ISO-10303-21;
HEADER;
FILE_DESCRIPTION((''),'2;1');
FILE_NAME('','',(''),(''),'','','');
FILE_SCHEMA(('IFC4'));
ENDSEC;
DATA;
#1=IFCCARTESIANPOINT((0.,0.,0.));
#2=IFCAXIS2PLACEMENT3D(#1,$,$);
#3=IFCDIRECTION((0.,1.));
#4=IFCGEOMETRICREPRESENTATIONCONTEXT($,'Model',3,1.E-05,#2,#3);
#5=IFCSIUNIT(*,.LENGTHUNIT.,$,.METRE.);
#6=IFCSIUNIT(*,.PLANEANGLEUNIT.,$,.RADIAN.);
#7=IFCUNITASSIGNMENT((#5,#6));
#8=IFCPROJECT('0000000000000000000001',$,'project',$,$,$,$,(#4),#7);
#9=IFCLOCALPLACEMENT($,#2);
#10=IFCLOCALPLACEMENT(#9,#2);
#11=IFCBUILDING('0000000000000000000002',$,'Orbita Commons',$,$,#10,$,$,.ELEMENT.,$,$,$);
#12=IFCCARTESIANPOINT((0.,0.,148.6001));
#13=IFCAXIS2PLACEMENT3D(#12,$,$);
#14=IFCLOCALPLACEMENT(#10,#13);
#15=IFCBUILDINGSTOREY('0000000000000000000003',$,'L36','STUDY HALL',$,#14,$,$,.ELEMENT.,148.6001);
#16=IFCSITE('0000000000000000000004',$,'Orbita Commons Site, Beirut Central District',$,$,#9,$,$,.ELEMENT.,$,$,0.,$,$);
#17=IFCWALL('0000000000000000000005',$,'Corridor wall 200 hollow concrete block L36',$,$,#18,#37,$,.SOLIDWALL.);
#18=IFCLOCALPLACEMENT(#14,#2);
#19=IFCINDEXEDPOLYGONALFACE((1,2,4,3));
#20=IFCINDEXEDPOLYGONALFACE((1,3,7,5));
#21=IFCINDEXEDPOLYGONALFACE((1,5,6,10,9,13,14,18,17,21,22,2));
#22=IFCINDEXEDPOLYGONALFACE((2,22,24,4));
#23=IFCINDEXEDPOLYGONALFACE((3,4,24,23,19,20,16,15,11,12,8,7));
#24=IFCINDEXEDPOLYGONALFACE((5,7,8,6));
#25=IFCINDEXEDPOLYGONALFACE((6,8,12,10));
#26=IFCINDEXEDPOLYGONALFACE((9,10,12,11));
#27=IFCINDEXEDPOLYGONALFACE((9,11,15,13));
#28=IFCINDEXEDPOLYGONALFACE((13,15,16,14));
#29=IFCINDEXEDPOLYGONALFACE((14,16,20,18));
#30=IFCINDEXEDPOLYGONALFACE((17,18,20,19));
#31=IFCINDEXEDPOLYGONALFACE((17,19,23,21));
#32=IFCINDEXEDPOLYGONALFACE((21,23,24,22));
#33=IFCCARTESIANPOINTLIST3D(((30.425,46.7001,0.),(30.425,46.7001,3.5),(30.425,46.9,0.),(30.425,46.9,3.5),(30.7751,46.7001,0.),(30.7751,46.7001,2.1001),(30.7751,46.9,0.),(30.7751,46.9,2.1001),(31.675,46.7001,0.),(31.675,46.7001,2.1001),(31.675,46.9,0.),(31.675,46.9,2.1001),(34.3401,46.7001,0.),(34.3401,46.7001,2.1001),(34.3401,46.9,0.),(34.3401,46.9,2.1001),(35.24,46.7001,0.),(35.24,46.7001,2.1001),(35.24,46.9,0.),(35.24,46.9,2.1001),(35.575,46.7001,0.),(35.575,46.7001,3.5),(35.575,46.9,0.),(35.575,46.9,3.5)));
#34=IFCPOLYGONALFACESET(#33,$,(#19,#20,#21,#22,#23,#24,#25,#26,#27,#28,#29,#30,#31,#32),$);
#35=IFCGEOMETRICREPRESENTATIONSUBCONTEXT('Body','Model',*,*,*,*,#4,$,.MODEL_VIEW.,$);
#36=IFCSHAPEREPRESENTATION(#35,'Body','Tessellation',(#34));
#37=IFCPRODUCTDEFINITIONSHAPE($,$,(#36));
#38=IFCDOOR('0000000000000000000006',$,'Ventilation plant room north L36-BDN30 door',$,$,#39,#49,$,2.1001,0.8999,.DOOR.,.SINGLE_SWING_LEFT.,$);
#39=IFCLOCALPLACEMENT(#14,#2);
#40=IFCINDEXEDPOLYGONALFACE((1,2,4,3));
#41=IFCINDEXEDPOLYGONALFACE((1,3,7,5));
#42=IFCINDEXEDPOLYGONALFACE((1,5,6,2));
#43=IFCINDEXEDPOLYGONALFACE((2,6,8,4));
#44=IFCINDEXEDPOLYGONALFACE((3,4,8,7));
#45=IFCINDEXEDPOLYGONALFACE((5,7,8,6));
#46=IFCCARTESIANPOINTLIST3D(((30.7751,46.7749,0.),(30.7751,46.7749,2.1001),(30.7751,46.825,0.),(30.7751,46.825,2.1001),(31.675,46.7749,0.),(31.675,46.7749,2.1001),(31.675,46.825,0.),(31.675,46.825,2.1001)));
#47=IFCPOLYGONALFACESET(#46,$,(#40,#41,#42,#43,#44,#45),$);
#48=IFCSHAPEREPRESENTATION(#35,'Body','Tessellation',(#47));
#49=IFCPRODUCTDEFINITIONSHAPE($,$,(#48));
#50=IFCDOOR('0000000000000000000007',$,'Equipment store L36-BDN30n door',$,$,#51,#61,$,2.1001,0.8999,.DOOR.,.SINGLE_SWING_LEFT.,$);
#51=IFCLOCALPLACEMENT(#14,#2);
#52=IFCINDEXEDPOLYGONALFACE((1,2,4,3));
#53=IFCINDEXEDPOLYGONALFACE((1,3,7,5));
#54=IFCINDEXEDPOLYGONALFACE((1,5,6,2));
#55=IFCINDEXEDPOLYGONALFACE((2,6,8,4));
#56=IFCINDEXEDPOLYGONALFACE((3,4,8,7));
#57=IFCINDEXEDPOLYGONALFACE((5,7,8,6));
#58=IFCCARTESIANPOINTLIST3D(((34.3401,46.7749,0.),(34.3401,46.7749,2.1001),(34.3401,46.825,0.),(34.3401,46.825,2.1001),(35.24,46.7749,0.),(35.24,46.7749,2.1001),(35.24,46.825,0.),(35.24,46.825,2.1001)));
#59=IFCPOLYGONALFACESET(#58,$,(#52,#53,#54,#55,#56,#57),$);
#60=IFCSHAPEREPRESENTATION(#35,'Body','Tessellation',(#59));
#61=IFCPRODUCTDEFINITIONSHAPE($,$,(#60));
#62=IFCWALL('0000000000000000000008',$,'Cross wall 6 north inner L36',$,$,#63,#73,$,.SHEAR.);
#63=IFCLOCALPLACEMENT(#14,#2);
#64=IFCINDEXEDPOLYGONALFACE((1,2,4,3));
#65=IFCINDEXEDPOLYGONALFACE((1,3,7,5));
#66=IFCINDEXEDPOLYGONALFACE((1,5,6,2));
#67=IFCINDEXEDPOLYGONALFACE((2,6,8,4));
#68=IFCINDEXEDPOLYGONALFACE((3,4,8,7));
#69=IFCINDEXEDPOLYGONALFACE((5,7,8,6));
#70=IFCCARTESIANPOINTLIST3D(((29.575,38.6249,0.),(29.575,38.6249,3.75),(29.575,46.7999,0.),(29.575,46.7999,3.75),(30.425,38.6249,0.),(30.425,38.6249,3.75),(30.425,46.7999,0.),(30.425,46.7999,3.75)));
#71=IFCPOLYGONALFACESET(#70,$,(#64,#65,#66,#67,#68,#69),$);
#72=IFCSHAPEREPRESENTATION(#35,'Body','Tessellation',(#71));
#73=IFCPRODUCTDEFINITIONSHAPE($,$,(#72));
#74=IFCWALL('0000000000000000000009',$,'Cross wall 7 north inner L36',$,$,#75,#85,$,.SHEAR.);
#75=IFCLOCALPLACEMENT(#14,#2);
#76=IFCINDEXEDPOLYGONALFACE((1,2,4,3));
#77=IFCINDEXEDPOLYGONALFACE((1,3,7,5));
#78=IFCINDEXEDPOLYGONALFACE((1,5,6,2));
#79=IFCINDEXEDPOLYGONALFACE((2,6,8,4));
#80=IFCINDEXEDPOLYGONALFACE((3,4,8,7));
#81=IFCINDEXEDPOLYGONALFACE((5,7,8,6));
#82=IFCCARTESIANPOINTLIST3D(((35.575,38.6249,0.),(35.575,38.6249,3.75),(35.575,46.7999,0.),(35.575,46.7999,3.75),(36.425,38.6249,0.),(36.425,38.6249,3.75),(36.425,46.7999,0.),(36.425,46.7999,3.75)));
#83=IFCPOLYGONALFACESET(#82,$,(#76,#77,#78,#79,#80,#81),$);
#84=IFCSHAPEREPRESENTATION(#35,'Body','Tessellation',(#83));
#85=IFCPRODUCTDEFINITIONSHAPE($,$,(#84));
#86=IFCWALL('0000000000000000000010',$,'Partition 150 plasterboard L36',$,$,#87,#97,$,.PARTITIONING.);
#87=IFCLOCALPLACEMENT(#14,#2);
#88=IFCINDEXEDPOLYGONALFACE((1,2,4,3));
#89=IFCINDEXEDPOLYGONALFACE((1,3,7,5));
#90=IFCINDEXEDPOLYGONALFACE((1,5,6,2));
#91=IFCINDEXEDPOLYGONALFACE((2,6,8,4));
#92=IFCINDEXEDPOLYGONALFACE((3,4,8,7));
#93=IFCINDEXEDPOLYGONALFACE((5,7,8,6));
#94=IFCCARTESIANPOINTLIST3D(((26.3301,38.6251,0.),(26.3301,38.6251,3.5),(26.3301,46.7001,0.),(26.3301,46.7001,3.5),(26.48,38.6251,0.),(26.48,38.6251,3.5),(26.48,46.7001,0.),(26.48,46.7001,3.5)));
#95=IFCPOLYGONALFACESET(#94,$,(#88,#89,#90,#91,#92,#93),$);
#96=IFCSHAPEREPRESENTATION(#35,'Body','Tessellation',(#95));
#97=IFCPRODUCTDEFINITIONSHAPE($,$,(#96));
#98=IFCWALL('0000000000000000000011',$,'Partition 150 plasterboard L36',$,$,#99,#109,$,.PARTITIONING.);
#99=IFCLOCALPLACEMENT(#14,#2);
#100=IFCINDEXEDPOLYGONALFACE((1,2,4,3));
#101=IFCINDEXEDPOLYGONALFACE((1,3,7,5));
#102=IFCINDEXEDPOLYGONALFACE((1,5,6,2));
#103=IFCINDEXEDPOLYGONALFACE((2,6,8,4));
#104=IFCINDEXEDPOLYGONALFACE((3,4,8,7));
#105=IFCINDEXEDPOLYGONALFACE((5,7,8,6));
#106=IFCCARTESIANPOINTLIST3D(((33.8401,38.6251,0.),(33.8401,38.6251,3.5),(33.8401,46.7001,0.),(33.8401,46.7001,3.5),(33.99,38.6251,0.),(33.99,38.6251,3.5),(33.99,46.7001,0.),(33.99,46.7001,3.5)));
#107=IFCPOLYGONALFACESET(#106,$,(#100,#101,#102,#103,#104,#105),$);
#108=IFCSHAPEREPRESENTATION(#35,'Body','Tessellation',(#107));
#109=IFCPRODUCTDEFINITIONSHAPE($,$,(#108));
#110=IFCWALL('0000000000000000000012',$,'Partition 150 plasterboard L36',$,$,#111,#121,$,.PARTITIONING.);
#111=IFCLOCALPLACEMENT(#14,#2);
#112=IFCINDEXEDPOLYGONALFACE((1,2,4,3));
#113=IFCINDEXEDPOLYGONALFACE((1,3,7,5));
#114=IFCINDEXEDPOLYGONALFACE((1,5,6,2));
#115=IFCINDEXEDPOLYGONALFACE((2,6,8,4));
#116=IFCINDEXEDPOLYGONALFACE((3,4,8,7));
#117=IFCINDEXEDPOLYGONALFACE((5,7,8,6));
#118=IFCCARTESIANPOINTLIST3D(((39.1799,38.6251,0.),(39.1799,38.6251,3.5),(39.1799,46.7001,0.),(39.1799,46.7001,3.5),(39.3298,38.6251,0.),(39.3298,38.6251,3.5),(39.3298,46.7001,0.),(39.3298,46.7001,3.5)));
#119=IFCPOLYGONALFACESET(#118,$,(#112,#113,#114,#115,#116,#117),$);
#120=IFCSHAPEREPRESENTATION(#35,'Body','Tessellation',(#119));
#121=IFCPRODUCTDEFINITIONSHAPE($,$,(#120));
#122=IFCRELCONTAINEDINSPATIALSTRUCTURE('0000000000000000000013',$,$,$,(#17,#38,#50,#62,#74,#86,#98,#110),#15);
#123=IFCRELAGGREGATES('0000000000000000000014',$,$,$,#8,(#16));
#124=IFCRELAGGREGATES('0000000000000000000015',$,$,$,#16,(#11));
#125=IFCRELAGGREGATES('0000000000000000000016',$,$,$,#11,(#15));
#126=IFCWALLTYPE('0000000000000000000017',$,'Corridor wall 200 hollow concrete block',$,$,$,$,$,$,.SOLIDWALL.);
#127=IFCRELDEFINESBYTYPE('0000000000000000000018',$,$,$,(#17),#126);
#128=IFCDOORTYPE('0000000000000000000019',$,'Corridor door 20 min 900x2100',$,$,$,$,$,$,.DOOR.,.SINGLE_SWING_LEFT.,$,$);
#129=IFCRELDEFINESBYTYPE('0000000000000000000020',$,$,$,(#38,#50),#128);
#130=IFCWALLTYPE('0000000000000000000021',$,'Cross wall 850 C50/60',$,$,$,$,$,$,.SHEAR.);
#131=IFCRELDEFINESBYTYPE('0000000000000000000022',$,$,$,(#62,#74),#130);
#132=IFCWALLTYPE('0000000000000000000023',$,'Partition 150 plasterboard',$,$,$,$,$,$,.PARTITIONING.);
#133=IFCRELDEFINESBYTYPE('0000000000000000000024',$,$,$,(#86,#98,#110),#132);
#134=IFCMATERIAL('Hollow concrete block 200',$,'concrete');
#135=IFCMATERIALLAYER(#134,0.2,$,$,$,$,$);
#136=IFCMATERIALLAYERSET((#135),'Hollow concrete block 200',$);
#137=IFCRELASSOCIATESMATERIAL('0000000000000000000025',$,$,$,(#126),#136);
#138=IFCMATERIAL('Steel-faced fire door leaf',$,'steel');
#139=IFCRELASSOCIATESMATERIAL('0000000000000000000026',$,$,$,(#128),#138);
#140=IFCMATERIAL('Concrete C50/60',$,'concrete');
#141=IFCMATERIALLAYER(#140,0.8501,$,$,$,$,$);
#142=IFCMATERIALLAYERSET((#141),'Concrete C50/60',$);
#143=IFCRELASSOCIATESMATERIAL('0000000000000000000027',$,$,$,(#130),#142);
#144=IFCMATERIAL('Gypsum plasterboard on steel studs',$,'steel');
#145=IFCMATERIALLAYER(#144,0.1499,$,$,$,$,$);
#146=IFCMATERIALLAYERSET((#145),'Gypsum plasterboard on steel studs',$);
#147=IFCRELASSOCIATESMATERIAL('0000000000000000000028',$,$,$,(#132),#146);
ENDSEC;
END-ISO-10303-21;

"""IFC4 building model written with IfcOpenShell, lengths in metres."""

from ifc_helpers import new_model, si_unit, direction, frame, frame_2d, origin, place, context, subcontext, project, spatial, rectangle, extrude, material, layer, layer_set, type_object, element, fill, save


model = new_model("IFC4")

# Units and contexts
model_context = context("Model", 3, precision=1e-05, world=origin(), true_north=direction((0.0, 1.0)))
body_context = subcontext(model_context, "Body", "Model", "MODEL_VIEW")
ifc_project = project(units=[si_unit("LENGTHUNIT", "METRE"), si_unit("PLANEANGLEUNIT", "RADIAN")], contexts=[model_context])

# Site, building, storey
site_placement = place(None, origin())
site = spatial("IfcSite", under=ifc_project, at=site_placement, Name="Orbita Commons Site, Beirut Central District", CompositionType="ELEMENT", RefElevation=0.0)
building_placement = place(site_placement, origin())
building = spatial("IfcBuilding", under=site, at=building_placement, Name="Orbita Commons", CompositionType="ELEMENT")
storey_placement = place(building_placement, frame((0.0, 0.0, 148.6001)))
storey = spatial("IfcBuildingStorey", under=building, at=storey_placement, Name="L36", Description="STUDY HALL", CompositionType="ELEMENT", Elevation=148.6001)

# Wall, openings, doors
ifc_material_1 = material(Name="Hollow concrete block 200", Category="concrete")
ifc_layer_1 = layer(ifc_material_1, 0.2)
ifc_layer_set_1 = layer_set([ifc_layer_1], Name="Hollow concrete block 200")
wall_type_1 = type_object("IfcWallType", Name="Corridor wall 200 hollow concrete block", PredefinedType="SOLIDWALL", material=ifc_layer_set_1)
ifc_material_2 = material(Name="Steel-faced fire door leaf", Category="steel")
door_type = type_object("IfcDoorType", Name="Corridor door 20 min 900x2100", OperationType="SINGLE_SWING_LEFT", PredefinedType="DOOR", material=ifc_material_2)
wall_1_placement = place(storey_placement, frame((30.425, 46.8, 0.0), z_axis=(0.0, 0.0, 1.0), x_axis=(1.0, 0.0, 0.0)))
wall_1 = element("IfcWall", 1, at=wall_1_placement, inside=storey, type_object=wall_type_1, Name="Corridor wall 200 hollow concrete block L36", PredefinedType="SOLIDWALL", context=body_context, shape_type="SweptSolid", body=[
    extrude(rectangle(XDim=5.1499, YDim=0.2, at=frame_2d((2.575, 0.0))), origin(), (0.0, 0.0, 1.0), 3.5),
])
opening_1_placement = place(wall_1_placement, frame((0.3501, 0.0, 0.0)))
opening_1 = element("IfcOpeningElement", 2, at=opening_1_placement, cuts=wall_1, PredefinedType="OPENING", context=body_context, shape_type="SweptSolid", body=[
    extrude(rectangle(XDim=0.8999, YDim=2.1001, at=frame_2d((0.45, 1.05))), frame((0.0, 0.1099, 0.0), z_axis=(0.0, -1.0, 0.0), x_axis=(1.0, 0.0, 0.0)), (0.0, 0.0, 1.0), 0.22),
])
opening_2_placement = place(wall_1_placement, frame((3.915, 0.0, 0.0)))
opening_2 = element("IfcOpeningElement", 3, at=opening_2_placement, cuts=wall_1, PredefinedType="OPENING", context=body_context, shape_type="SweptSolid", body=[
    extrude(rectangle(XDim=0.8999, YDim=2.1001, at=frame_2d((0.45, 1.05))), frame((0.0, 0.1099, 0.0), z_axis=(0.0, -1.0, 0.0), x_axis=(1.0, 0.0, 0.0)), (0.0, 0.0, 1.0), 0.22),
])
door_1_placement = place(opening_1_placement, origin())
door_1 = element("IfcDoor", 4, at=door_1_placement, inside=storey, type_object=door_type, Name="Ventilation plant room north L36-BDN30 door", OperationType="SINGLE_SWING_LEFT", OverallHeight=2.1001, OverallWidth=0.8999, PredefinedType="DOOR", context=body_context, shape_type="SweptSolid", body=[
    extrude(rectangle(XDim=0.8999, YDim=2.1001, at=frame_2d((0.45, 1.05))), frame((0.0, 0.0249, 0.0), z_axis=(0.0, -1.0, 0.0), x_axis=(1.0, 0.0, 0.0)), (0.0, 0.0, 1.0), 0.05),
])
fill(opening_1, door_1)
door_2_placement = place(opening_2_placement, origin())
door_2 = element("IfcDoor", 5, at=door_2_placement, inside=storey, type_object=door_type, Name="Equipment store L36-BDN30n door", OperationType="SINGLE_SWING_LEFT", OverallHeight=2.1001, OverallWidth=0.8999, PredefinedType="DOOR", context=body_context, shape_type="SweptSolid", body=[
    extrude(rectangle(XDim=0.8999, YDim=2.1001, at=frame_2d((0.45, 1.05))), frame((0.0, 0.0249, 0.0), z_axis=(0.0, -1.0, 0.0), x_axis=(1.0, 0.0, 0.0)), (0.0, 0.0, 1.0), 0.05),
])
fill(opening_2, door_2)

# Walls
ifc_material_3 = material(Name="Concrete C50/60", Category="concrete")
ifc_layer_2 = layer(ifc_material_3, 0.8501)
ifc_layer_set_2 = layer_set([ifc_layer_2], Name="Concrete C50/60")
wall_type_2 = type_object("IfcWallType", Name="Cross wall 850 C50/60", PredefinedType="SHEAR", material=ifc_layer_set_2)
for number, where, z_axis, x_axis, name in (
    (6, (30.0, 38.625, 0.0), (0.0, 0.0, 1.0), (0.0, 1.0, 0.0), "Cross wall 6 north inner L36"),
    (7, (36.0, 38.625, 0.0), (0.0, 0.0, 1.0), (0.0, 1.0, 0.0), "Cross wall 7 north inner L36"),
):
    element("IfcWall", number, at=place(storey_placement, frame(where, z_axis=z_axis, x_axis=x_axis)), inside=storey, type_object=wall_type_2, Name=name, PredefinedType="SHEAR", context=body_context, shape_type="SweptSolid", body=[
        extrude(rectangle(XDim=8.175, YDim=0.8501, at=frame_2d((4.0874, 0.0))), origin(), (0.0, 0.0, 1.0), 3.75),
    ])
ifc_material_4 = material(Name="Gypsum plasterboard on steel studs", Category="steel")
ifc_layer_3 = layer(ifc_material_4, 0.1499)
ifc_layer_set_3 = layer_set([ifc_layer_3], Name="Gypsum plasterboard on steel studs")
wall_type_3 = type_object("IfcWallType", Name="Partition 150 plasterboard", PredefinedType="PARTITIONING", material=ifc_layer_set_3)
for number, where, z_axis, x_axis, name in (
    (8, (26.405, 38.625, 0.0), (0.0, 0.0, 1.0), (0.0, 1.0, 0.0), "Partition 150 plasterboard L36"),
    (9, (33.915, 38.625, 0.0), (0.0, 0.0, 1.0), (0.0, 1.0, 0.0), "Partition 150 plasterboard L36"),
    (10, (39.2549, 38.625, 0.0), (0.0, 0.0, 1.0), (0.0, 1.0, 0.0), "Partition 150 plasterboard L36"),
):
    element("IfcWall", number, at=place(storey_placement, frame(where, z_axis=z_axis, x_axis=x_axis)), inside=storey, type_object=wall_type_3, Name=name, PredefinedType="PARTITIONING", context=body_context, shape_type="SweptSolid", body=[
        extrude(rectangle(XDim=8.075, YDim=0.1499, at=frame_2d((4.0376, 0.0))), origin(), (0.0, 0.0, 1.0), 3.5),
    ])

save(model, "model.ifc")
